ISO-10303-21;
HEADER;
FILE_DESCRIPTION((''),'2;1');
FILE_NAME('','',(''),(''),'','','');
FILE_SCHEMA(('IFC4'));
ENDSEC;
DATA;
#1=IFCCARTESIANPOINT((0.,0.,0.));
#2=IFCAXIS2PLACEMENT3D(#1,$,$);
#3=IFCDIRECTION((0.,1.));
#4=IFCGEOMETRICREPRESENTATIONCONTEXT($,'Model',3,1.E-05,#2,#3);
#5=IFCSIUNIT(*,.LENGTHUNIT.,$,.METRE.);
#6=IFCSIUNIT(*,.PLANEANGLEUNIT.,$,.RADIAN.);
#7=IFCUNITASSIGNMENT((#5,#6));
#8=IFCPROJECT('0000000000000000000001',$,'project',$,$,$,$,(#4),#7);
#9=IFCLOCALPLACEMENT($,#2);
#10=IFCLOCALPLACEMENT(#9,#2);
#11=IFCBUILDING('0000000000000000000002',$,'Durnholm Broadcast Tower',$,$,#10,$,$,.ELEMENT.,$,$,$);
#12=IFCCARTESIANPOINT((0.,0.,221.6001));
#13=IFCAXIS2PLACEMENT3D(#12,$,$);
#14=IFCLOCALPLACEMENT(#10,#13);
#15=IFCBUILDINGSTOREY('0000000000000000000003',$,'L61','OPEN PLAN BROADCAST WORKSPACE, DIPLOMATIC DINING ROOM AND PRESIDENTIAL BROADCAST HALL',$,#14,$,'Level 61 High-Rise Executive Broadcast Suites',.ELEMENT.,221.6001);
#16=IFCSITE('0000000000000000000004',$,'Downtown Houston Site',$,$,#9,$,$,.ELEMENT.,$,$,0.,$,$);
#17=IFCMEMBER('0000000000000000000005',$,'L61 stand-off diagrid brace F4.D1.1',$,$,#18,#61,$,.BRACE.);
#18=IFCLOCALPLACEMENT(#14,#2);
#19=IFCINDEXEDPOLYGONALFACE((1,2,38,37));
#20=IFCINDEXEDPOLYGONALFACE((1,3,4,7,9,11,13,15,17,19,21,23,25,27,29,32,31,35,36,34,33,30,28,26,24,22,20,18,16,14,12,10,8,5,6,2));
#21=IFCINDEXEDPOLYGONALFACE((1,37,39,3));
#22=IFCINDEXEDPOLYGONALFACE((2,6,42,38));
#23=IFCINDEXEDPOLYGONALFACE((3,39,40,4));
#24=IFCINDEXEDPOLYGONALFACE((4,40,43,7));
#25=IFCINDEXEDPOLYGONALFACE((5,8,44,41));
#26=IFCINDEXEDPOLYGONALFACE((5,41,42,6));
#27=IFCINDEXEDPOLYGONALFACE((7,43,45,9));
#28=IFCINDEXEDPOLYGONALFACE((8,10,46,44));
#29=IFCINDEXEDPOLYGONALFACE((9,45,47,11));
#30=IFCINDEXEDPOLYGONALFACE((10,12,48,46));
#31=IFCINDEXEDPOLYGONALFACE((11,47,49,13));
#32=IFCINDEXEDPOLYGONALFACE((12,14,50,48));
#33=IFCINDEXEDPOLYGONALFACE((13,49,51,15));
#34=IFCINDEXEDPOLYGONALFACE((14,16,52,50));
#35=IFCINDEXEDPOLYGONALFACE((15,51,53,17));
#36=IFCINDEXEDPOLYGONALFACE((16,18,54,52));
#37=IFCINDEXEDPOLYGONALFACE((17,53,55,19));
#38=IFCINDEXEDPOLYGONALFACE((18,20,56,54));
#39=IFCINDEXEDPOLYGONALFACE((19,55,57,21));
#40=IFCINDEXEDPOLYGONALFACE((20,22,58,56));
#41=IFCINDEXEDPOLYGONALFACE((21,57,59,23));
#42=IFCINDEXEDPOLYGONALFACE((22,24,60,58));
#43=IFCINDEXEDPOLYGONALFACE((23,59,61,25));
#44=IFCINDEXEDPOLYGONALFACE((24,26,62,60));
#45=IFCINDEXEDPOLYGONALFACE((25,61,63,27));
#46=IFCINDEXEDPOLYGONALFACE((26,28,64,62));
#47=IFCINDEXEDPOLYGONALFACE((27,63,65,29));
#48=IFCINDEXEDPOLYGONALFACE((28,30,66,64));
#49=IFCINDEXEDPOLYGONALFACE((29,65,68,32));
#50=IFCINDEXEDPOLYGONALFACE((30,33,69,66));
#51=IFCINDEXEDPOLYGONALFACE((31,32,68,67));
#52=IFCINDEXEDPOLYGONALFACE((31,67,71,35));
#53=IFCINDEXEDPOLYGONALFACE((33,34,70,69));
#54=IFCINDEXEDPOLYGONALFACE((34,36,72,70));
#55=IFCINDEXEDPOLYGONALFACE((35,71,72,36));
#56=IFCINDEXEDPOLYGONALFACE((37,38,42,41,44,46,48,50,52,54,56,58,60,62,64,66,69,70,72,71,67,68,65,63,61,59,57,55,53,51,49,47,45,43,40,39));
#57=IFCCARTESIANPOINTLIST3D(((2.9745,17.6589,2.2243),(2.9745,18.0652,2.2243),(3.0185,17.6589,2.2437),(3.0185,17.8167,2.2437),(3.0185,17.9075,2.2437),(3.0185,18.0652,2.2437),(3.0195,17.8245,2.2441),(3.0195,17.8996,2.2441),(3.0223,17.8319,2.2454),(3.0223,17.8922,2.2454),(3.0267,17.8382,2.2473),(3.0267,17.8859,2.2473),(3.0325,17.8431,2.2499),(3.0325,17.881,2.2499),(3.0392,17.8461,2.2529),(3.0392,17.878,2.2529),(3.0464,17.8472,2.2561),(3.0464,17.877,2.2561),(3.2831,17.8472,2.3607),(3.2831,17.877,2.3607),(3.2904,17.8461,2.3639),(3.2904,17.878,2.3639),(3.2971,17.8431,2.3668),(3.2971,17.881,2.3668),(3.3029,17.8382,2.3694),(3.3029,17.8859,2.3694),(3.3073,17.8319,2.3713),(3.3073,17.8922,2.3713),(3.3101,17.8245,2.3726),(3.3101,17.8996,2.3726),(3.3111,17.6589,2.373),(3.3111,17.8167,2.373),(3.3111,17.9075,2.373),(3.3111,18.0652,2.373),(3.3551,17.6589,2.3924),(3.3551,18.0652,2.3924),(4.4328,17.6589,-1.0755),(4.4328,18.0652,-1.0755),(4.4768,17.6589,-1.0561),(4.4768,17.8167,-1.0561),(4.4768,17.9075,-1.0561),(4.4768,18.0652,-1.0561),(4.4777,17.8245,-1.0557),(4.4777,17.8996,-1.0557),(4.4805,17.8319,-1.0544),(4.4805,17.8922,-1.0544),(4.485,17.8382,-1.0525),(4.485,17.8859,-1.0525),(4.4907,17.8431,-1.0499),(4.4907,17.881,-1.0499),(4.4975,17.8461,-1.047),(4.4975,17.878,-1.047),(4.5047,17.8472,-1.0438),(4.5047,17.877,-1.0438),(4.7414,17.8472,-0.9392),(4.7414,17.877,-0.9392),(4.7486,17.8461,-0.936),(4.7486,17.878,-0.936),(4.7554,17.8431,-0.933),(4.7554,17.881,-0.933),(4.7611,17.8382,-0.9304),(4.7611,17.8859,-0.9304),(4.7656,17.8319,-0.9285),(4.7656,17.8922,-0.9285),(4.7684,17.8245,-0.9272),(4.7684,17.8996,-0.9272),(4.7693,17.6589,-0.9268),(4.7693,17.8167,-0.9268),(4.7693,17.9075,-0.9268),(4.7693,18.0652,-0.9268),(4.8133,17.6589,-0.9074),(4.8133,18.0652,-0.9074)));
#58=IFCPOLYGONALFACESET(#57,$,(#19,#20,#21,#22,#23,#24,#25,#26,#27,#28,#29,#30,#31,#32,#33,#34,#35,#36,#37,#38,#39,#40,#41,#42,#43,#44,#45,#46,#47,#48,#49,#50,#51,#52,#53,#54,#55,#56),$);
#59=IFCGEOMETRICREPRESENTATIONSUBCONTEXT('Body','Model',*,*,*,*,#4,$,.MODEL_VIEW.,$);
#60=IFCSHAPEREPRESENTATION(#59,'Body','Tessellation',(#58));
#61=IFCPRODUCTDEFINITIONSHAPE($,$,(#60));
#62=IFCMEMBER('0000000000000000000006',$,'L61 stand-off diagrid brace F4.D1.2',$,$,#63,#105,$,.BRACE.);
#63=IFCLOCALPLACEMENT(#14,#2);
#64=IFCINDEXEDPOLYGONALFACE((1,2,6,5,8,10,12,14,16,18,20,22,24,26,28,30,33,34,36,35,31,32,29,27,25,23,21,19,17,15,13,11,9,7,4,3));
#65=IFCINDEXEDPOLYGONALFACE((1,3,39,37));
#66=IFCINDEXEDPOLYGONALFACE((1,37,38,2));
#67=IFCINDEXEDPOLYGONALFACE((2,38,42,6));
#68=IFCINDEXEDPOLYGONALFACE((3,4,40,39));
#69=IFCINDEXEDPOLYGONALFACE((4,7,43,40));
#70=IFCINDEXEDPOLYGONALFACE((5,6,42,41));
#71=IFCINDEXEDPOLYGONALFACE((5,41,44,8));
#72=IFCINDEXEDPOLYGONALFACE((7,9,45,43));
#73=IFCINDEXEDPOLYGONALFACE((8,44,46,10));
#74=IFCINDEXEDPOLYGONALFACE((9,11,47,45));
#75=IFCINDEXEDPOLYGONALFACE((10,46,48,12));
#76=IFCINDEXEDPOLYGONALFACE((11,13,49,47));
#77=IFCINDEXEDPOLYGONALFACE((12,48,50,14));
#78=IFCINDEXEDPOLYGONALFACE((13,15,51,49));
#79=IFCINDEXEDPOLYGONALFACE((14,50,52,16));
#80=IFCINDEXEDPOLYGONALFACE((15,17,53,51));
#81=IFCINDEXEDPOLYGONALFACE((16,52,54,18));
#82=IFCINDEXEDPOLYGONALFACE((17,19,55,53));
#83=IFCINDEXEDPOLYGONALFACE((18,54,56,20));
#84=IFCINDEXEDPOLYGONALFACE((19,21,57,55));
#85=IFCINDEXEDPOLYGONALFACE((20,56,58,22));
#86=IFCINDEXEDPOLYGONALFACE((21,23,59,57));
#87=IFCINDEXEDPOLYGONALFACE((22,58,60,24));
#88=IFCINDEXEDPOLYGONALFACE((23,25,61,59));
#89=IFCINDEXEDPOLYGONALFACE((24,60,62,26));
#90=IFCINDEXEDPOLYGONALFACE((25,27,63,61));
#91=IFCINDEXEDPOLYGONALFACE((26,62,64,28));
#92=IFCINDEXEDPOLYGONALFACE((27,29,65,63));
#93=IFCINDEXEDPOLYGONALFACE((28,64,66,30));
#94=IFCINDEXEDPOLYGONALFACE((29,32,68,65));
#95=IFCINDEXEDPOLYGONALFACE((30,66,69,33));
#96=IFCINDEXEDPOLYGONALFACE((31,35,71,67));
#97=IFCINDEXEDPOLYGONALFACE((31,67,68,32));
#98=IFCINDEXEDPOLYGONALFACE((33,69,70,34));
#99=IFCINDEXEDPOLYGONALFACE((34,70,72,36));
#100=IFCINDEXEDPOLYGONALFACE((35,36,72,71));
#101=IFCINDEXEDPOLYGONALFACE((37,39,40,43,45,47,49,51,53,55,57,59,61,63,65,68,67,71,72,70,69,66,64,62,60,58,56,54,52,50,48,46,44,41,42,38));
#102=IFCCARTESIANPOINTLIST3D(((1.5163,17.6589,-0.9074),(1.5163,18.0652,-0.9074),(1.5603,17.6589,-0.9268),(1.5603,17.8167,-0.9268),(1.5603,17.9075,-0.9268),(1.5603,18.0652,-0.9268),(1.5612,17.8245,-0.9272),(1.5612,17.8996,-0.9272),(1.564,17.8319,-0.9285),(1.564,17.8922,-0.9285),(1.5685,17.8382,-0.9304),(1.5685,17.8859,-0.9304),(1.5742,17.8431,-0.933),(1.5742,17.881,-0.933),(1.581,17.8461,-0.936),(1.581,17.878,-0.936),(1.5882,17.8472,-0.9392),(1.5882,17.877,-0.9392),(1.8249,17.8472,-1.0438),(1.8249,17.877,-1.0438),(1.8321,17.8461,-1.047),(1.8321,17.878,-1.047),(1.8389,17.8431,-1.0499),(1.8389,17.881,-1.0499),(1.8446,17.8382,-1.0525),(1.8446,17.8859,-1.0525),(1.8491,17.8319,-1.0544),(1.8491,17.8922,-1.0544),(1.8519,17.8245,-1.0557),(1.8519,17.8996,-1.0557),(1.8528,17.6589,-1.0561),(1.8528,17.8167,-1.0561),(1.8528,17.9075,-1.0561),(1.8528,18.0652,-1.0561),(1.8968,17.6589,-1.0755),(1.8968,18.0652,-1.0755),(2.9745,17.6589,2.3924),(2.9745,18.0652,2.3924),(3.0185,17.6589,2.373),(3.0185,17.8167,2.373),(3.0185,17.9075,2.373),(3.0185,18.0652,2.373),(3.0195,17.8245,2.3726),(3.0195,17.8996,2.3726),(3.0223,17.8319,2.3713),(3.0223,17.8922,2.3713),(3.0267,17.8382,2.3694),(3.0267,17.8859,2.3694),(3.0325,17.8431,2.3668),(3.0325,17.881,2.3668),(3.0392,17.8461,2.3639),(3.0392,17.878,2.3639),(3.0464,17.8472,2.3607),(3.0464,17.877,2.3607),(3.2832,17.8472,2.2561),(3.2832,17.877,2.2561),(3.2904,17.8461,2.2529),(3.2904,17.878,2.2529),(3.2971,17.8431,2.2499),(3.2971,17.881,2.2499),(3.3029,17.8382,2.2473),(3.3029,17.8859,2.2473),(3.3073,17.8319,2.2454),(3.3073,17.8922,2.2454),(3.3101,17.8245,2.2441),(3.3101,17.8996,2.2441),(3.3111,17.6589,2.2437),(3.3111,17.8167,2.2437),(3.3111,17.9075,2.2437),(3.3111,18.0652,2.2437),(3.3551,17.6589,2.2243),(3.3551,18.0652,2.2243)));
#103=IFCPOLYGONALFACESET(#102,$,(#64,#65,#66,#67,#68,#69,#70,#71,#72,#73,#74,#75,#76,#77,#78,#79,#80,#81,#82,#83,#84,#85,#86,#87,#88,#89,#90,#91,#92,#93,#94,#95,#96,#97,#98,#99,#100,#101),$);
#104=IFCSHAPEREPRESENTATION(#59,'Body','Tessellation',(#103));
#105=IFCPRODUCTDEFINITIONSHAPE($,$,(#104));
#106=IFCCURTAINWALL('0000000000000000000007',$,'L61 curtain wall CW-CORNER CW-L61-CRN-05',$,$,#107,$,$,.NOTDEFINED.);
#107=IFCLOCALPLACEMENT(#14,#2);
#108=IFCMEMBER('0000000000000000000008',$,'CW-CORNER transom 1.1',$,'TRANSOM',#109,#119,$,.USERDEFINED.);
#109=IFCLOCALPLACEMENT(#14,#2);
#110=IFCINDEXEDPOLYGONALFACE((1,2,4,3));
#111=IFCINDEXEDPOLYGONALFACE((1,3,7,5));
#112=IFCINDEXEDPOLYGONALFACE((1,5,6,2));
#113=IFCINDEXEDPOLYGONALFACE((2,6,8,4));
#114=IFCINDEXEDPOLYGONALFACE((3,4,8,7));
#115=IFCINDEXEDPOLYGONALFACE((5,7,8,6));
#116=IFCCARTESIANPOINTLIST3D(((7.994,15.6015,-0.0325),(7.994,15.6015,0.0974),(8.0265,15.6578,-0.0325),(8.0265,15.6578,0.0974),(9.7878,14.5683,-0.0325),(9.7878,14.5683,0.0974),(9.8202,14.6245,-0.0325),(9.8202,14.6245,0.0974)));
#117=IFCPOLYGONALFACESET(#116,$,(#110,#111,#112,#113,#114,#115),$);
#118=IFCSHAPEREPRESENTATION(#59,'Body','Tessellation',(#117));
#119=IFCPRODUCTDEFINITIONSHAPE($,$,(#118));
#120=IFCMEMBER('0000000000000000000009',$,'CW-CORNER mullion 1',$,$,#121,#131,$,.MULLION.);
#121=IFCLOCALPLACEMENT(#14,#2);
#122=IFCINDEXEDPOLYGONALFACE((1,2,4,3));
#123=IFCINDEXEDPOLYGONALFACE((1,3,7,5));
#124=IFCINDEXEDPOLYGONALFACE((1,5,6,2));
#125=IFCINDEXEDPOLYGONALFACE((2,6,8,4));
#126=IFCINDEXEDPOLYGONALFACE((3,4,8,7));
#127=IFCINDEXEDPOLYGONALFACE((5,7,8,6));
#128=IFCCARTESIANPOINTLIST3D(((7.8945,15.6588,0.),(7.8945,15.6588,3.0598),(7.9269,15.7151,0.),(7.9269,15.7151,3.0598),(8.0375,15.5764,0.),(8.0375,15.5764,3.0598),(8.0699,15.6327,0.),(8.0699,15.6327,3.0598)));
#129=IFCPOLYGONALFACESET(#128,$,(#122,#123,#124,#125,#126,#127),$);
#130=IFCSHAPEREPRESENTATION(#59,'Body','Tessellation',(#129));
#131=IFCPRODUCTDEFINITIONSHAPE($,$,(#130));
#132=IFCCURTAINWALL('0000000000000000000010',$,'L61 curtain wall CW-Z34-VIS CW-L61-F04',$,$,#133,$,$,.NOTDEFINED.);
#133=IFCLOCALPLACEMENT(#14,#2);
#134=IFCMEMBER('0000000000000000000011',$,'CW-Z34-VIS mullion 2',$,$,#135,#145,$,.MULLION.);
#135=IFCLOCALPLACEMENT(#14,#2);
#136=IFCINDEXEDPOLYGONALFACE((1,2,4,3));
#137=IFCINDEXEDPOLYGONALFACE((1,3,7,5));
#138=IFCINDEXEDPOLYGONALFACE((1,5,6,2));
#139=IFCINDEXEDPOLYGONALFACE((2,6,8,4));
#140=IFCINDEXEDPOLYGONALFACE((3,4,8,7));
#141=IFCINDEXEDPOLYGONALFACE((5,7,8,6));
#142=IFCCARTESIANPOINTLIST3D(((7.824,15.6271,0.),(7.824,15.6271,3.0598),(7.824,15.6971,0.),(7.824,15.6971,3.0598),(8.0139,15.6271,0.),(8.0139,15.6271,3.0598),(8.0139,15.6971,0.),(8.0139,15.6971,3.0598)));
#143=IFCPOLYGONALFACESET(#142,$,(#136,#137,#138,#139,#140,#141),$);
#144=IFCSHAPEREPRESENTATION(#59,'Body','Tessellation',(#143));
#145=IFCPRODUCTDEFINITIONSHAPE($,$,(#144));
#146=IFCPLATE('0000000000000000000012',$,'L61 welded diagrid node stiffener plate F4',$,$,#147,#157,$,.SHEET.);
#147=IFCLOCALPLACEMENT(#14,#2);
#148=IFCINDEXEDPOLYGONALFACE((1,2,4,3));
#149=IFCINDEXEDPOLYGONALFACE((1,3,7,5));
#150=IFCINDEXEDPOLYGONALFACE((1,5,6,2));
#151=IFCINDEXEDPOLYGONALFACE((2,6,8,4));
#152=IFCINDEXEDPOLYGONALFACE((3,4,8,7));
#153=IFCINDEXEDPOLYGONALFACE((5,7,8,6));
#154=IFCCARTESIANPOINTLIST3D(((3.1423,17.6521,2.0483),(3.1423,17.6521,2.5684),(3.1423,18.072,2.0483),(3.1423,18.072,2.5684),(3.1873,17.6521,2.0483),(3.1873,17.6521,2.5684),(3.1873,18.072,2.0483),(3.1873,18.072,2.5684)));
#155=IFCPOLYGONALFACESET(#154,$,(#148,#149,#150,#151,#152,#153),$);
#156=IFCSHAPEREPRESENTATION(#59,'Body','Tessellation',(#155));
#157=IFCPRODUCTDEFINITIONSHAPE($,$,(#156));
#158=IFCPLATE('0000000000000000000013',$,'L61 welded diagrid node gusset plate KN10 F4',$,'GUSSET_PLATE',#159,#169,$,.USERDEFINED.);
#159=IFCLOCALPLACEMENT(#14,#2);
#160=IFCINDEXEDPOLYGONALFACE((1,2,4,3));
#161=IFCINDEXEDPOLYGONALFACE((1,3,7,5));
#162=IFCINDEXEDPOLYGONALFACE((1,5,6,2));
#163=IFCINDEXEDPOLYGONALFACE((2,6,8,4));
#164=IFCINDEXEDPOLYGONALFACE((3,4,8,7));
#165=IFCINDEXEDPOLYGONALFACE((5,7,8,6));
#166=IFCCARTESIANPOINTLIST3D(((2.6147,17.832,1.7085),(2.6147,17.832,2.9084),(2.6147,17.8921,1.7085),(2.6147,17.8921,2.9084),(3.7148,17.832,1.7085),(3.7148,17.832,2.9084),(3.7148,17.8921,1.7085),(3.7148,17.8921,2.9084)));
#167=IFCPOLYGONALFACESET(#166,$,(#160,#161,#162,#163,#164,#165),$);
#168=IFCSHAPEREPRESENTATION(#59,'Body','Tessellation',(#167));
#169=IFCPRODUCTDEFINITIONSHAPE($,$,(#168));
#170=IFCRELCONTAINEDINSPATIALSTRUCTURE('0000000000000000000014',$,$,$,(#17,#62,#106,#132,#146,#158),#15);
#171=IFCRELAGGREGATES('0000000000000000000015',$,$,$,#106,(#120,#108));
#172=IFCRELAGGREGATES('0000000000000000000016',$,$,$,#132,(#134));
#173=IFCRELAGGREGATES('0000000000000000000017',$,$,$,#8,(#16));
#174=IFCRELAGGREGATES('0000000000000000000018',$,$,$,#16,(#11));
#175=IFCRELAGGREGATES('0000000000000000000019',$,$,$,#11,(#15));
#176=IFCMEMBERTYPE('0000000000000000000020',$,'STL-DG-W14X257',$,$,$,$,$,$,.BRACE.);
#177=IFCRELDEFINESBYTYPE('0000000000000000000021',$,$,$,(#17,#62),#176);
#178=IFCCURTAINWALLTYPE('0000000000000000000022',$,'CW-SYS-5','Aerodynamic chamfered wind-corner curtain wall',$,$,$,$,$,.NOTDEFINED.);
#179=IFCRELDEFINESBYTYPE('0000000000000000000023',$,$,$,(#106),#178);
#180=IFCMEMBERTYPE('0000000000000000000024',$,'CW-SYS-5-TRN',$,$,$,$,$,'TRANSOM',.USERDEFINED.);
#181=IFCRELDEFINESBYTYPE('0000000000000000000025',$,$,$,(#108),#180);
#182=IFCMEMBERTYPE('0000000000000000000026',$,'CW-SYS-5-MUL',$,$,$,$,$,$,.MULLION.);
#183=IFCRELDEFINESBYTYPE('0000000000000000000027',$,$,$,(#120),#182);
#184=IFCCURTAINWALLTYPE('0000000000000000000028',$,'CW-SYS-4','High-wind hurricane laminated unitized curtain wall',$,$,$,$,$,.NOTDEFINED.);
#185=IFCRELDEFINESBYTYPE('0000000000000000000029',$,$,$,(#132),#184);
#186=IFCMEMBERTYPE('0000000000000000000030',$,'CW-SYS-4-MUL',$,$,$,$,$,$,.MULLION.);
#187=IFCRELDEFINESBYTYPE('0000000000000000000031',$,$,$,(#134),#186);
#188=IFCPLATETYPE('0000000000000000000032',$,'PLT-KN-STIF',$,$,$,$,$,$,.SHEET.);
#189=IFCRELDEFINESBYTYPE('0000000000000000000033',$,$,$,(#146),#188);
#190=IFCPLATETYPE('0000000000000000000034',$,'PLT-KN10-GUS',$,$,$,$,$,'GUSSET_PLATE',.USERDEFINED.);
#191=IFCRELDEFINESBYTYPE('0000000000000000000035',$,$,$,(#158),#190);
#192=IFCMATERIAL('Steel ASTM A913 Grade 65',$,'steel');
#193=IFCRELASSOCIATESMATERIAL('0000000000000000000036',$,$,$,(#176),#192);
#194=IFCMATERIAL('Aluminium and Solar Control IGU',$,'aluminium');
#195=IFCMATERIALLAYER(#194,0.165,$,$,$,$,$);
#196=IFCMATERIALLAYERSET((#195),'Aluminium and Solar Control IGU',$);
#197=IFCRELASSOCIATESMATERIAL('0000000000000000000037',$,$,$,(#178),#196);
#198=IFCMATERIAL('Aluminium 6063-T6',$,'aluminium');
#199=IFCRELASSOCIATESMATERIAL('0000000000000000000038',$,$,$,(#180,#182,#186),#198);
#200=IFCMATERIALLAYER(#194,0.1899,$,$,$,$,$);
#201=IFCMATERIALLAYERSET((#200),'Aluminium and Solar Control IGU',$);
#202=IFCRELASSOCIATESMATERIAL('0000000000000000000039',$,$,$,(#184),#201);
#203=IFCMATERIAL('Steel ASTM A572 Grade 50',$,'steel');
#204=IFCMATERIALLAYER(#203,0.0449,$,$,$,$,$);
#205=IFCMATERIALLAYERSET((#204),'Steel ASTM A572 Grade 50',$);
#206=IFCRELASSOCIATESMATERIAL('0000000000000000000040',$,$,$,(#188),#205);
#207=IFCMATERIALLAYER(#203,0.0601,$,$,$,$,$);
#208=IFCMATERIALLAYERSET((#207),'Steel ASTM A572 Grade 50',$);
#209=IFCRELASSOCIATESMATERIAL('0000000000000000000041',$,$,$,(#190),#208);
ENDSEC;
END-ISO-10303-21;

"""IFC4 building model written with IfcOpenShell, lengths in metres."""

from ifc_helpers import new_model, si_unit, direction, frame, origin, origin_2d, place, context, subcontext, project, spatial, rectangle, i_section, extrude, source, transform, mapped, material, layer, layer_set, material_profile, profile_set, type_object, type_shapes, element, aggregate, save


model = new_model("IFC4")

# Units and contexts
model_context = context("Model", 3, precision=1e-05, world=origin(), true_north=direction((0.0, 1.0)))
body_context = subcontext(model_context, "Body", "Model", "MODEL_VIEW")
ifc_project = project(units=[si_unit("LENGTHUNIT", "METRE"), si_unit("PLANEANGLEUNIT", "RADIAN")], contexts=[model_context])

# Site, building, storey
site_placement = place(None, origin())
site = spatial("IfcSite", under=ifc_project, at=site_placement, Name="Downtown Houston Site", CompositionType="ELEMENT", RefElevation=0.0)
building_placement = place(site_placement, origin())
building = spatial("IfcBuilding", under=site, at=building_placement, Name="Durnholm Broadcast Tower", CompositionType="ELEMENT")
storey_placement = place(building_placement, frame((0.0, 0.0, 221.6001)))
storey = spatial("IfcBuildingStorey", under=building, at=storey_placement, Name="L61", Description="OPEN PLAN BROADCAST WORKSPACE, DIPLOMATIC DINING ROOM AND PRESIDENTIAL BROADCAST HALL", LongName="Level 61 High-Rise Executive Broadcast Suites", CompositionType="ELEMENT", Elevation=221.6001)

# Members
ifc_material_1 = material(Name="Steel ASTM A913 Grade 65", Category="steel")
ifc_material_profile_1 = material_profile(ifc_material_1, i_section(OverallWidth=0.4062, OverallDepth=0.416, WebThickness=0.0298, FlangeThickness=0.0481, FilletRadius=0.0305, at=origin_2d()), Name="W14X257")
ifc_profile_set_1 = profile_set([ifc_material_profile_1], Name="Steel ASTM A913 Grade 65")
member_type_1 = type_object("IfcMemberType", Name="STL-DG-W14X257", PredefinedType="BRACE", material=ifc_profile_set_1)
shared_shape_1 = source(origin(), body_context, "Body", "SweptSolid", [
    extrude(i_section(OverallWidth=0.4062, OverallDepth=0.416, WebThickness=0.0298, FlangeThickness=0.0481, FilletRadius=0.0305, at=origin_2d()), origin(), (0.0, 0.0, 1.0), 3.6077),
])
type_shapes(member_type_1, [shared_shape_1])
for number, where, z_axis, x_axis, name in (
    (1, (4.623, 17.8621, -0.9915), (-0.40421, 0.0, 0.914666), (0.0, -1.0, 0.0), "L61 stand-off diagrid brace F4.D1.1"),
    (2, (1.7065, 17.8621, -0.9915), (0.40421, 0.0, 0.914666), (0.0, 1.0, 0.0), "L61 stand-off diagrid brace F4.D1.2"),
):
    element("IfcMember", number, at=place(storey_placement, frame(where, z_axis=z_axis, x_axis=x_axis)), inside=storey, type_object=member_type_1, Name=name, PredefinedType="BRACE", context=body_context, shape_type="MappedRepresentation", body=[
        mapped(shared_shape_1, transform((0.0, 0.0, 0.0), x_axis=(1.0, 0.0, 0.0), y_axis=(0.0, 1.0, 0.0), z_axis=(0.0, 0.0, 1.0), scale=1.0)),
    ])

# Curtain wall, members
ifc_material_2 = material(Name="Aluminium and Solar Control IGU", Category="aluminium")
ifc_layer_1 = layer(ifc_material_2, 0.165)
ifc_layer_set_1 = layer_set([ifc_layer_1], Name="Aluminium and Solar Control IGU")
curtain_wall_type_1 = type_object("IfcCurtainWallType", Name="CW-SYS-5", Description="Aerodynamic chamfered wind-corner curtain wall", PredefinedType="NOTDEFINED", material=ifc_layer_set_1)
curtain_wall_1_placement = place(storey_placement, origin())
curtain_wall_1 = element("IfcCurtainWall", 3, at=curtain_wall_1_placement, inside=storey, type_object=curtain_wall_type_1, Name="L61 curtain wall CW-CORNER CW-L61-CRN-05", PredefinedType="NOTDEFINED")
ifc_material_3 = material(Name="Aluminium 6063-T6", Category="aluminium")
ifc_material_profile_2 = material_profile(ifc_material_3, rectangle(XDim=0.0649, YDim=0.1299, at=origin_2d()), Name="CWT65X130")
ifc_profile_set_2 = profile_set([ifc_material_profile_2], Name="Aluminium 6063-T6")
member_type_2 = type_object("IfcMemberType", Name="CW-SYS-5-TRN", ElementType="TRANSOM", PredefinedType="USERDEFINED", material=ifc_profile_set_2)
shared_shape_2 = source(origin(), body_context, "Body", "SweptSolid", [
    extrude(rectangle(XDim=0.0649, YDim=0.1299, at=origin_2d()), origin(), (0.0, 0.0, 1.0), 2.0701),
])
type_shapes(member_type_2, [shared_shape_2])
member_1_placement = place(storey_placement, frame((8.0103, 15.6296, 0.0325), z_axis=(0.866525, -0.499134, 0.0), x_axis=(0.499134, 0.866525, 0.0)))
member_1 = element("IfcMember", 4, at=member_1_placement, type_object=member_type_2, Name="CW-CORNER transom 1.1", ObjectType="TRANSOM", PredefinedType="USERDEFINED", context=body_context, shape_type="MappedRepresentation", body=[
    mapped(shared_shape_2, transform((0.0, 0.0, 0.0), x_axis=(1.0, 0.0, 0.0), y_axis=(0.0, 1.0, 0.0), z_axis=(0.0, 0.0, 1.0), scale=1.0)),
])
ifc_material_profile_3 = material_profile(ifc_material_3, rectangle(XDim=0.0649, YDim=0.165, at=origin_2d()), Name="CWM65X165")
ifc_profile_set_3 = profile_set([ifc_material_profile_3], Name="Aluminium 6063-T6")
member_type_3 = type_object("IfcMemberType", Name="CW-SYS-5-MUL", PredefinedType="MULLION", material=ifc_profile_set_3)
shared_shape_3 = source(origin(), body_context, "Body", "SweptSolid", [
    extrude(rectangle(XDim=0.0649, YDim=0.165, at=origin_2d()), origin(), (0.0, 0.0, 1.0), 3.0598),
])
type_shapes(member_type_3, [shared_shape_3])
member_2_placement = place(storey_placement, frame((7.9822, 15.6458, 0.0), z_axis=(0.0, 0.0, 1.0), x_axis=(0.499059, 0.866568, 0.0)))
member_2 = element("IfcMember", 5, at=member_2_placement, type_object=member_type_3, Name="CW-CORNER mullion 1", PredefinedType="MULLION", context=body_context, shape_type="MappedRepresentation", body=[
    mapped(shared_shape_3, transform((0.0, 0.0, 0.0), x_axis=(1.0, 0.0, 0.0), y_axis=(0.0, 1.0, 0.0), z_axis=(0.0, 0.0, 1.0), scale=1.0)),
])
aggregate(curtain_wall_1, [member_2, member_1])

# Curtain wall, member
ifc_layer_2 = layer(ifc_material_2, 0.1899)
ifc_layer_set_2 = layer_set([ifc_layer_2], Name="Aluminium and Solar Control IGU")
curtain_wall_type_2 = type_object("IfcCurtainWallType", Name="CW-SYS-4", Description="High-wind hurricane laminated unitized curtain wall", PredefinedType="NOTDEFINED", material=ifc_layer_set_2)
curtain_wall_2_placement = place(storey_placement, origin())
curtain_wall_2 = element("IfcCurtainWall", 6, at=curtain_wall_2_placement, inside=storey, type_object=curtain_wall_type_2, Name="L61 curtain wall CW-Z34-VIS CW-L61-F04", PredefinedType="NOTDEFINED")
ifc_material_profile_4 = material_profile(ifc_material_3, rectangle(XDim=0.0701, YDim=0.1899, at=origin_2d()), Name="CWM70X190")
ifc_profile_set_4 = profile_set([ifc_material_profile_4], Name="Aluminium 6063-T6")
member_type_4 = type_object("IfcMemberType", Name="CW-SYS-4-MUL", PredefinedType="MULLION", material=ifc_profile_set_4)
shared_shape_4 = source(origin(), body_context, "Body", "SweptSolid", [
    extrude(rectangle(XDim=0.0701, YDim=0.1899, at=origin_2d()), origin(), (0.0, 0.0, 1.0), 3.0598),
])
type_shapes(member_type_4, [shared_shape_4])
member_3_placement = place(storey_placement, frame((7.9189, 15.6621, 0.0), z_axis=(0.0, 0.0, 1.0), x_axis=(0.0, 1.0, 0.0)))
member_3 = element("IfcMember", 7, at=member_3_placement, type_object=member_type_4, Name="CW-Z34-VIS mullion 2", PredefinedType="MULLION", context=body_context, shape_type="MappedRepresentation", body=[
    mapped(shared_shape_4, transform((0.0, 0.0, 0.0), x_axis=(1.0, 0.0, 0.0), y_axis=(0.0, 1.0, 0.0), z_axis=(0.0, 0.0, 1.0), scale=1.0)),
])
aggregate(curtain_wall_2, [member_3])

# Plates
ifc_material_4 = material(Name="Steel ASTM A572 Grade 50", Category="steel")
ifc_layer_3 = layer(ifc_material_4, 0.0449)
ifc_layer_set_3 = layer_set([ifc_layer_3], Name="Steel ASTM A572 Grade 50")
plate_type_1 = type_object("IfcPlateType", Name="PLT-KN-STIF", PredefinedType="SHEET", material=ifc_layer_set_3)
shared_shape_5 = source(origin(), body_context, "Body", "SweptSolid", [
    extrude(rectangle(XDim=0.0449, YDim=0.4199, at=origin_2d()), origin(), (0.0, 0.0, 1.0), 0.52),
])
type_shapes(plate_type_1, [shared_shape_5])
plate_1_placement = place(storey_placement, frame((3.1648, 17.8621, 2.0483), z_axis=(0.0, 0.0, 1.0), x_axis=(-1.0, 0.0, 0.0)))
element("IfcPlate", 8, at=plate_1_placement, inside=storey, type_object=plate_type_1, Name="L61 welded diagrid node stiffener plate F4", PredefinedType="SHEET", context=body_context, shape_type="MappedRepresentation", body=[
    mapped(shared_shape_5, transform((0.0, 0.0, 0.0), x_axis=(1.0, 0.0, 0.0), y_axis=(0.0, 1.0, 0.0), z_axis=(0.0, 0.0, 1.0), scale=1.0)),
])
ifc_layer_4 = layer(ifc_material_4, 0.0601)
ifc_layer_set_4 = layer_set([ifc_layer_4], Name="Steel ASTM A572 Grade 50")
plate_type_2 = type_object("IfcPlateType", Name="PLT-KN10-GUS", ElementType="GUSSET_PLATE", PredefinedType="USERDEFINED", material=ifc_layer_set_4)
shared_shape_6 = source(origin(), body_context, "Body", "SweptSolid", [
    extrude(rectangle(XDim=1.1001, YDim=0.0601, at=origin_2d()), origin(), (0.0, 0.0, 1.0), 1.2),
])
type_shapes(plate_type_2, [shared_shape_6])
plate_2_placement = place(storey_placement, frame((3.1648, 17.8621, 1.7085), z_axis=(0.0, 0.0, 1.0), x_axis=(-1.0, 0.0, 0.0)))
element("IfcPlate", 9, at=plate_2_placement, inside=storey, type_object=plate_type_2, Name="L61 welded diagrid node gusset plate KN10 F4", ObjectType="GUSSET_PLATE", PredefinedType="USERDEFINED", context=body_context, shape_type="MappedRepresentation", body=[
    mapped(shared_shape_6, transform((0.0, 0.0, 0.0), x_axis=(1.0, 0.0, 0.0), y_axis=(0.0, 1.0, 0.0), z_axis=(0.0, 0.0, 1.0), scale=1.0)),
])

save(model, "model.ifc")
